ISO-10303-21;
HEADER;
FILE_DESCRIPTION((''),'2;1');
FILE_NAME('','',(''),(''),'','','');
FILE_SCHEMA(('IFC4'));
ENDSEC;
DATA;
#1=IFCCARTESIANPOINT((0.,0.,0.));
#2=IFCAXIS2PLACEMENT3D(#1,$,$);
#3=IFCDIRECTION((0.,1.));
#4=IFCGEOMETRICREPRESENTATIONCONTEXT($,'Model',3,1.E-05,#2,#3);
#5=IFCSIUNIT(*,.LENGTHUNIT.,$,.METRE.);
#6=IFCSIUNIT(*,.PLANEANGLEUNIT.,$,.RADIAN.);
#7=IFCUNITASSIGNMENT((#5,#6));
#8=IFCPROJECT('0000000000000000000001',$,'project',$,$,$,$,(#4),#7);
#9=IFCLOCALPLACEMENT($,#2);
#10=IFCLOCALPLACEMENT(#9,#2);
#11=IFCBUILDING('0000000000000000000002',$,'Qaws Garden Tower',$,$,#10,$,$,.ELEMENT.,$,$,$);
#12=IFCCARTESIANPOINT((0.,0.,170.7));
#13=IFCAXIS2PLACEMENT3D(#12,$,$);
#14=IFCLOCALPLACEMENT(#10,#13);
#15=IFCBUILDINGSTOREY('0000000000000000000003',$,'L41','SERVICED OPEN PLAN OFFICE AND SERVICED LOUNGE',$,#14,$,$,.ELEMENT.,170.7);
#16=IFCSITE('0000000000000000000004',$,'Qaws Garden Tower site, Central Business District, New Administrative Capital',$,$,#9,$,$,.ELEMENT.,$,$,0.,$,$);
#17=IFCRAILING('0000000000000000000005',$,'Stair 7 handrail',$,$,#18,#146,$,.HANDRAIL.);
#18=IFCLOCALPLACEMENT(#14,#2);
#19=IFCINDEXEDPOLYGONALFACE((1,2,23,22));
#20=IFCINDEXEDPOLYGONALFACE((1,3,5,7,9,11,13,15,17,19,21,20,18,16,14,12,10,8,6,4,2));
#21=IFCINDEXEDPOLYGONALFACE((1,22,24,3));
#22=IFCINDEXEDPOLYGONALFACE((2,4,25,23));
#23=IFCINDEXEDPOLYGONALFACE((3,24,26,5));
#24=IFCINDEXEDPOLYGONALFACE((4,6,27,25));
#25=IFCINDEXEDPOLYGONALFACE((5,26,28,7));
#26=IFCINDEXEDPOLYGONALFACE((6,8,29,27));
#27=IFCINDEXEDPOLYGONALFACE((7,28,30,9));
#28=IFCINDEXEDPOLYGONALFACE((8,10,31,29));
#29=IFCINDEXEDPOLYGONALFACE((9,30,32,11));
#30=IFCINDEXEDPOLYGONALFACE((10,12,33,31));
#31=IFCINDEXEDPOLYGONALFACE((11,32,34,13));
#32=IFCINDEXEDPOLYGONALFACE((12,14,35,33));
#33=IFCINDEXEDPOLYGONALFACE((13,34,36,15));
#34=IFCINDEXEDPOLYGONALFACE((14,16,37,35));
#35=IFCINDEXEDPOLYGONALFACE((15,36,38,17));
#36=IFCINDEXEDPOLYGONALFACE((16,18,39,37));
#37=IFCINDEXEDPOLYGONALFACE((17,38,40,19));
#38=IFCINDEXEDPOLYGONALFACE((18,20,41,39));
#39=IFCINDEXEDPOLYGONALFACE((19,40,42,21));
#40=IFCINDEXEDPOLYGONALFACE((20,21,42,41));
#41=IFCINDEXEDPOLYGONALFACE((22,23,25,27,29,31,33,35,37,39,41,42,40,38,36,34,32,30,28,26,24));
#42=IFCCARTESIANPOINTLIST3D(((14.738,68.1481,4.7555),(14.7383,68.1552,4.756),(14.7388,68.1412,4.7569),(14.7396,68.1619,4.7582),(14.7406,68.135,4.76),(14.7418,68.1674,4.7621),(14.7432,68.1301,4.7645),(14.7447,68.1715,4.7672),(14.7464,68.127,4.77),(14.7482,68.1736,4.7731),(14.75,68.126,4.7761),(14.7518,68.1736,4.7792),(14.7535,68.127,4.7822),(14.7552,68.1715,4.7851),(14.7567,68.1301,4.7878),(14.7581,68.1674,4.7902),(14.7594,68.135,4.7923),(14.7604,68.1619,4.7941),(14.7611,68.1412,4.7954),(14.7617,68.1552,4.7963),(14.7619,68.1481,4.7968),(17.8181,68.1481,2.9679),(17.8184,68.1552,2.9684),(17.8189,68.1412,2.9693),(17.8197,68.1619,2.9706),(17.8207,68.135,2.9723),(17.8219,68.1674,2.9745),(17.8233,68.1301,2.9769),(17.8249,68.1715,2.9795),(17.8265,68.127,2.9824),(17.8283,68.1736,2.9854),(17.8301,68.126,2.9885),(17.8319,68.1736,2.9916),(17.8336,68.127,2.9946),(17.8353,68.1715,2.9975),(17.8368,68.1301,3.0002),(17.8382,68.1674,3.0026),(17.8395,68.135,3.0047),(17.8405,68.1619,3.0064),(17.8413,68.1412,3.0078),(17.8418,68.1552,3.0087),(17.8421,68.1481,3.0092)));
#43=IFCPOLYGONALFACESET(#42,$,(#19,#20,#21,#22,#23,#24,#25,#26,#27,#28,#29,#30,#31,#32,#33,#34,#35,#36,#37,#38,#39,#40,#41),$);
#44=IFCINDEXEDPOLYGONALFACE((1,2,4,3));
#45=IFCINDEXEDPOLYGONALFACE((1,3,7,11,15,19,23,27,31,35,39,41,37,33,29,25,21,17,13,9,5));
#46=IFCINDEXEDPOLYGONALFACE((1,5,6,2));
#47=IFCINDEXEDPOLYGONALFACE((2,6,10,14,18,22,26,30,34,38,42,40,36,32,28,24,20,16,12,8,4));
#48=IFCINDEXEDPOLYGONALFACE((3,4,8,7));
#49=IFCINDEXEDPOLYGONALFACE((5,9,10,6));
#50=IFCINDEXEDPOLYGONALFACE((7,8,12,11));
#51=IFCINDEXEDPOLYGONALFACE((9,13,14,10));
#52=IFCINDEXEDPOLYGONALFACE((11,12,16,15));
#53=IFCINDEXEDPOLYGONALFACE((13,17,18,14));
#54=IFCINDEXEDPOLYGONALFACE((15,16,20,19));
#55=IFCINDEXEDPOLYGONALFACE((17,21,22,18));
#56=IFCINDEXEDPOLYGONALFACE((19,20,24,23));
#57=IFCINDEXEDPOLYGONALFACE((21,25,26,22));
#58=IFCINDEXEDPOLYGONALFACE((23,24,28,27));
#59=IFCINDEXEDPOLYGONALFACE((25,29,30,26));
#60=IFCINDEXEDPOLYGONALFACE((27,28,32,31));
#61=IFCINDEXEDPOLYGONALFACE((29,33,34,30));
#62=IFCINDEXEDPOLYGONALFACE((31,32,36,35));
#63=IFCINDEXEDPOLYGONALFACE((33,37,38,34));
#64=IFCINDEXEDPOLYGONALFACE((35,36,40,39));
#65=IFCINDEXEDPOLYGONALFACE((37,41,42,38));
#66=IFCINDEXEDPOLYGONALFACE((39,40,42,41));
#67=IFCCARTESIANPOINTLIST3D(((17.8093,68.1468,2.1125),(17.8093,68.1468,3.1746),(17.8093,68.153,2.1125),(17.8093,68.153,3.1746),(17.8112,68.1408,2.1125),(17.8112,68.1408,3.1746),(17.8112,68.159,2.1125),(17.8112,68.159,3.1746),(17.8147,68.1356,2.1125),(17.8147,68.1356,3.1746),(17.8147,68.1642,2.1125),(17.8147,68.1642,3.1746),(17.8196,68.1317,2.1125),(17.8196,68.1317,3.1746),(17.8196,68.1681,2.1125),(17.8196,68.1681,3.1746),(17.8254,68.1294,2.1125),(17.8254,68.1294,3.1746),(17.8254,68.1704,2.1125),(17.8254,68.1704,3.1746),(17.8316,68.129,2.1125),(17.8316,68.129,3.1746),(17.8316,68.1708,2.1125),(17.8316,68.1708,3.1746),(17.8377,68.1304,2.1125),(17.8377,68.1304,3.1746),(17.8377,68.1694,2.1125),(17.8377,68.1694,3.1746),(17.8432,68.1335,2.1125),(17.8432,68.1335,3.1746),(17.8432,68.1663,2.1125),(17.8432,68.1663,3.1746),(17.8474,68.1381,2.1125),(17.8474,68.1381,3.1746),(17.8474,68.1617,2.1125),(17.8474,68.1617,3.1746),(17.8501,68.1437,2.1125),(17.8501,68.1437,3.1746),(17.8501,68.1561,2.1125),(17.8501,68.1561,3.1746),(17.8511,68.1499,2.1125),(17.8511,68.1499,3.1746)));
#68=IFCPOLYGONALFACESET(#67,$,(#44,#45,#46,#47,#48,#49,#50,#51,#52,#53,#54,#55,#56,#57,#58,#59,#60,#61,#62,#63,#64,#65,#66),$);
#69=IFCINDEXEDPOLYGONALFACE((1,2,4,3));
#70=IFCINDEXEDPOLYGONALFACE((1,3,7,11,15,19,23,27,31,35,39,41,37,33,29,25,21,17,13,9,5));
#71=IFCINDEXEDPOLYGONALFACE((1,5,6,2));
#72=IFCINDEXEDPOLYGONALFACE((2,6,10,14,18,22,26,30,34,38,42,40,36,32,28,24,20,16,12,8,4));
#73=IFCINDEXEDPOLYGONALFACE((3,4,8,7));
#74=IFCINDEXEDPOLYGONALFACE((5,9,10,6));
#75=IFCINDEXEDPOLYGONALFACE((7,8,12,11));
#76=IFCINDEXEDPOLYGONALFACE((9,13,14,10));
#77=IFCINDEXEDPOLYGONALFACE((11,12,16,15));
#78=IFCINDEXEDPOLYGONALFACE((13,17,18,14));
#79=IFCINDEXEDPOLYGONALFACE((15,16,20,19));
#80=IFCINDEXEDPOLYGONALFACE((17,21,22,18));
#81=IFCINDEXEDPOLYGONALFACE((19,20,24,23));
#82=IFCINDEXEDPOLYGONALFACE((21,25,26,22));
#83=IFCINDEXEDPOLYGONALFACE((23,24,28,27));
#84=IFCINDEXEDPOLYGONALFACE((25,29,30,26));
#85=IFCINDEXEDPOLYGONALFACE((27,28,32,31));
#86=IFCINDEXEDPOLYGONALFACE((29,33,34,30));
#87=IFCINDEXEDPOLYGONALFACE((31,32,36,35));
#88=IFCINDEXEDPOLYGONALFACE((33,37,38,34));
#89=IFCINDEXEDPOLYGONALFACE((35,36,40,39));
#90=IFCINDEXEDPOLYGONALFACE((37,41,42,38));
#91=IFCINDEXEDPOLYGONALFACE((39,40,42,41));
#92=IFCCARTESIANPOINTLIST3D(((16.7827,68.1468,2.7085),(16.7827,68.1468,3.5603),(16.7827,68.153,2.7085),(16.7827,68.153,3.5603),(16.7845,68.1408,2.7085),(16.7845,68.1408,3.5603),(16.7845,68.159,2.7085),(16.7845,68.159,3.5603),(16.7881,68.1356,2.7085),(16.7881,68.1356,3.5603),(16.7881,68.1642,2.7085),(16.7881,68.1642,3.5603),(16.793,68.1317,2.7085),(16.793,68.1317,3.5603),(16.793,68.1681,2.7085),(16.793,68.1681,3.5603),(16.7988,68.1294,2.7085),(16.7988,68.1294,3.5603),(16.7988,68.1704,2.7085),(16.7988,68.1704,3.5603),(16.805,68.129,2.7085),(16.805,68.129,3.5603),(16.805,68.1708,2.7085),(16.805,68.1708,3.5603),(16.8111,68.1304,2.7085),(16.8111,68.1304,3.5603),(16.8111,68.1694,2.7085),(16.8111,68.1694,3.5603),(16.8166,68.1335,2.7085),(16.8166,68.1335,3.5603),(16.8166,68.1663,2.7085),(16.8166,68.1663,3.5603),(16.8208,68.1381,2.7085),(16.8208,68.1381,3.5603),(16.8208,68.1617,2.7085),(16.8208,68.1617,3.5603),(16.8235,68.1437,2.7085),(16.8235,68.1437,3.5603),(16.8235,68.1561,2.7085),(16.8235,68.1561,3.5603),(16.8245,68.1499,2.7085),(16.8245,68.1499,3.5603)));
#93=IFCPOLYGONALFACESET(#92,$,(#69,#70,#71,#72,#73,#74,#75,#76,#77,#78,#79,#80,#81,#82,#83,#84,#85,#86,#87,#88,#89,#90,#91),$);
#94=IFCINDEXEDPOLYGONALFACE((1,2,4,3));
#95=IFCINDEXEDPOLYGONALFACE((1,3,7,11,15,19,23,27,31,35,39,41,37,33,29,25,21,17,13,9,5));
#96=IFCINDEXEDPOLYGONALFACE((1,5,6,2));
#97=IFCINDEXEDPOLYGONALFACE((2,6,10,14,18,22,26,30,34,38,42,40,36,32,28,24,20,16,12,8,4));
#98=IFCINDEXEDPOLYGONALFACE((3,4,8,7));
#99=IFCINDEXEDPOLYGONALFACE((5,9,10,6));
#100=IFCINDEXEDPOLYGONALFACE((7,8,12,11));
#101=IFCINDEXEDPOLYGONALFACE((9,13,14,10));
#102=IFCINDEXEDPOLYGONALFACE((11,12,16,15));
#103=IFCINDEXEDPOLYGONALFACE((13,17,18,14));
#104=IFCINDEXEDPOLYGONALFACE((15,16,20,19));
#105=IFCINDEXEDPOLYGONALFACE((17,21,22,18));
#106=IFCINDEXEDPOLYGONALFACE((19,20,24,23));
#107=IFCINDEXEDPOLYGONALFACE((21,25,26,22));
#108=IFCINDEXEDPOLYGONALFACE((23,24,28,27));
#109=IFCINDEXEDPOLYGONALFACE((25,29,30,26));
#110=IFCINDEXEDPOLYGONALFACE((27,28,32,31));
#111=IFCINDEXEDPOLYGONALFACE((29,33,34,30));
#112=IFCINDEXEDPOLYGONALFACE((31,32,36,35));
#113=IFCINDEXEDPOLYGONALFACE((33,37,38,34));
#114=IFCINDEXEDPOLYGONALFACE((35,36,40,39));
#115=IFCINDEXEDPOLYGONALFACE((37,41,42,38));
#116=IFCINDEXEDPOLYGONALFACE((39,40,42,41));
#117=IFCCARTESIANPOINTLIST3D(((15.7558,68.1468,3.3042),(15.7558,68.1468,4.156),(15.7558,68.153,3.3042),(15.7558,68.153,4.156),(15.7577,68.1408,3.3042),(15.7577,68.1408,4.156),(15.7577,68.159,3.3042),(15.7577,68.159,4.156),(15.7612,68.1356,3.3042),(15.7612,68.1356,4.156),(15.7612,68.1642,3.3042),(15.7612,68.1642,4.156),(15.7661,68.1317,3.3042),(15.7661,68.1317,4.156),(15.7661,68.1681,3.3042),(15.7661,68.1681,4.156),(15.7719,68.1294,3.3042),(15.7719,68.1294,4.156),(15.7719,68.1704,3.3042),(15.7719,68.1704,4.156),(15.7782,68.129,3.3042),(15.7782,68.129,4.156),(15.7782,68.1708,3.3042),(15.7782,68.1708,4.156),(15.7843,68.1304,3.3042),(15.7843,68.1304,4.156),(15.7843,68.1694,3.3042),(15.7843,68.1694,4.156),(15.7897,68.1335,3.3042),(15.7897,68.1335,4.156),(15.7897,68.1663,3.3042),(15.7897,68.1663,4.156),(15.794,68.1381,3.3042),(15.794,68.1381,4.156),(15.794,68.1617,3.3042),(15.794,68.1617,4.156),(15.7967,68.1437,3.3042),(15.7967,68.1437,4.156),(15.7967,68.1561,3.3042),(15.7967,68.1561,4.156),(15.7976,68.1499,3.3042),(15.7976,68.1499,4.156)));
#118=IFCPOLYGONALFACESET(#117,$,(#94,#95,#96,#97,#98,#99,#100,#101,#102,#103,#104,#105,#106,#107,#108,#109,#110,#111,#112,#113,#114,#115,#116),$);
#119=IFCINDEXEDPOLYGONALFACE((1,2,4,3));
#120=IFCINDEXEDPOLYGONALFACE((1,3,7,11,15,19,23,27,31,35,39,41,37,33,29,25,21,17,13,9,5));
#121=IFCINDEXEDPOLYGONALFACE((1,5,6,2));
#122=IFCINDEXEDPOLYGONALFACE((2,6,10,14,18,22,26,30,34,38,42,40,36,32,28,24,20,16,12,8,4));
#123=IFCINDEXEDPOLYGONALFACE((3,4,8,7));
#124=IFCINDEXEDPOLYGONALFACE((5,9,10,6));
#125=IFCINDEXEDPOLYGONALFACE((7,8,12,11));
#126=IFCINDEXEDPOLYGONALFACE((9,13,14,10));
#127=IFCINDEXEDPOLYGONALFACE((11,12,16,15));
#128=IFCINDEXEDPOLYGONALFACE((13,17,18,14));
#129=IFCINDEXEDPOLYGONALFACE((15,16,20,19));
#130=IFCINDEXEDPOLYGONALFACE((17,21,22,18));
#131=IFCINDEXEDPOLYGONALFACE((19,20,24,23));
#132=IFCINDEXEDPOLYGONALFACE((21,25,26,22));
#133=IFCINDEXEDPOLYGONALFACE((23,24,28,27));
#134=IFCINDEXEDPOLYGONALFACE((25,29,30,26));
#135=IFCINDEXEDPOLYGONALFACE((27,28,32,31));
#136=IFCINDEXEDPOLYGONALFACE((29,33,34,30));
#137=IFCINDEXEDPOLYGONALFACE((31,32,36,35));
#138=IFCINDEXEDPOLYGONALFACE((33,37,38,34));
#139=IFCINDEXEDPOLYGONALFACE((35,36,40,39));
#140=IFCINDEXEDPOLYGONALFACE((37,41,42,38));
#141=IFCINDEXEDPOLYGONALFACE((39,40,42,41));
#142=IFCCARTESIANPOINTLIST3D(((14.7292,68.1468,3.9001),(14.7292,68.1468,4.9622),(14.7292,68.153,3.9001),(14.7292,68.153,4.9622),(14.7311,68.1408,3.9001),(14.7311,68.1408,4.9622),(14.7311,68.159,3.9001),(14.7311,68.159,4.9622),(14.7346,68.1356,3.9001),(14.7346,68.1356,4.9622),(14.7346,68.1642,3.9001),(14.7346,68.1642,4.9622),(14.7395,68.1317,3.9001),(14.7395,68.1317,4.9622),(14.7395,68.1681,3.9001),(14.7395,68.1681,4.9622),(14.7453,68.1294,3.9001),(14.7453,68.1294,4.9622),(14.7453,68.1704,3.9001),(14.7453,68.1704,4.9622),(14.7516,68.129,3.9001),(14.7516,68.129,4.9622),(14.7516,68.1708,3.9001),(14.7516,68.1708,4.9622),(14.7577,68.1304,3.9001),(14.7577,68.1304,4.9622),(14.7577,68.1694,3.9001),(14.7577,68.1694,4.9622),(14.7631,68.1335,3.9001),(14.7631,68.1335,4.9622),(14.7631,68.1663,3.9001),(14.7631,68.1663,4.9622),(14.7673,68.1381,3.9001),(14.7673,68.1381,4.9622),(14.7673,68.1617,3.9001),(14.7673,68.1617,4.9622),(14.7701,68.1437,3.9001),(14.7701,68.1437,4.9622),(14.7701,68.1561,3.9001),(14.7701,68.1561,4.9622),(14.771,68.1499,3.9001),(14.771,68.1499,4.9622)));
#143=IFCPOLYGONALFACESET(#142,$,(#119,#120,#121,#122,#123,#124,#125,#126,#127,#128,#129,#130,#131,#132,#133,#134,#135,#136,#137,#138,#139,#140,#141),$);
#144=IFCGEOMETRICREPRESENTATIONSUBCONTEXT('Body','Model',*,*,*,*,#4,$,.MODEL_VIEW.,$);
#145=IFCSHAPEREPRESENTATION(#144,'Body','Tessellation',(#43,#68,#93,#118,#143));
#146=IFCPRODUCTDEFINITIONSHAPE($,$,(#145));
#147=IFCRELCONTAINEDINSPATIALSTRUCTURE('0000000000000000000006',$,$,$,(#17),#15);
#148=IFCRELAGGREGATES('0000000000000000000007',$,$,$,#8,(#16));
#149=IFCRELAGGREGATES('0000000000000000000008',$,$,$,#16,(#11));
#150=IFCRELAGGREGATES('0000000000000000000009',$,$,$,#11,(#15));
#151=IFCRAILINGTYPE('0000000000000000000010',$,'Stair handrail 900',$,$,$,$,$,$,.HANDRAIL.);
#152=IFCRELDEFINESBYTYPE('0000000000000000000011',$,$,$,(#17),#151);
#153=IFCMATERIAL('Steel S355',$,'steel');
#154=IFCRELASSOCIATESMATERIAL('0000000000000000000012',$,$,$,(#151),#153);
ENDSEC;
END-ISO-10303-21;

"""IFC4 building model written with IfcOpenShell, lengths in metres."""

from ifc_helpers import new_model, si_unit, direction, frame, origin, origin_2d, place, context, subcontext, project, spatial, circle, extrude, material, type_object, element, save


model = new_model("IFC4")

# Units and contexts
model_context = context("Model", 3, precision=1e-05, world=origin(), true_north=direction((0.0, 1.0)))
body_context = subcontext(model_context, "Body", "Model", "MODEL_VIEW")
ifc_project = project(units=[si_unit("LENGTHUNIT", "METRE"), si_unit("PLANEANGLEUNIT", "RADIAN")], contexts=[model_context])

# Site, building, storey
site_placement = place(None, origin())
site = spatial("IfcSite", under=ifc_project, at=site_placement, Name="Qaws Garden Tower site, Central Business District, New Administrative Capital", CompositionType="ELEMENT", RefElevation=0.0)
building_placement = place(site_placement, origin())
building = spatial("IfcBuilding", under=site, at=building_placement, Name="Qaws Garden Tower", CompositionType="ELEMENT")
storey_placement = place(building_placement, frame((0.0, 0.0, 170.7)))
storey = spatial("IfcBuildingStorey", under=building, at=storey_placement, Name="L41", Description="SERVICED OPEN PLAN OFFICE AND SERVICED LOUNGE", CompositionType="ELEMENT", Elevation=170.7)

# Railing
ifc_material_1 = material(Name="Steel S355", Category="steel")
railing_type = type_object("IfcRailingType", Name="Stair handrail 900", PredefinedType="HANDRAIL", material=ifc_material_1)
railing_placement = place(storey_placement, frame((17.8301, 68.1499, 2.1125)))
element("IfcRailing", 1, at=railing_placement, inside=storey, type_object=railing_type, Name="Stair 7 handrail", PredefinedType="HANDRAIL", context=body_context, shape_type="SweptSolid", body=[
    extrude(circle(Radius=0.0239, at=origin_2d()), frame((0.0, 0.0, 0.876), z_axis=(-0.864891, 0.0, 0.50196), x_axis=(0.0, -1.0, 0.0)), (0.0, 0.0, 1.0), 3.5613),
    extrude(circle(Radius=0.021, at=origin_2d()), origin(), (0.0, 0.0, 1.0), 1.062),
    extrude(circle(Radius=0.021, at=origin_2d()), frame((-1.0266, 0.0, 0.5959)), (0.0, 0.0, 1.0), 0.8518),
    extrude(circle(Radius=0.021, at=origin_2d()), frame((-2.0535, 0.0, 1.1917)), (0.0, 0.0, 1.0), 0.8518),
    extrude(circle(Radius=0.021, at=origin_2d()), frame((-3.0801, 0.0, 1.7876)), (0.0, 0.0, 1.0), 1.062),
])

save(model, "model.ifc")
